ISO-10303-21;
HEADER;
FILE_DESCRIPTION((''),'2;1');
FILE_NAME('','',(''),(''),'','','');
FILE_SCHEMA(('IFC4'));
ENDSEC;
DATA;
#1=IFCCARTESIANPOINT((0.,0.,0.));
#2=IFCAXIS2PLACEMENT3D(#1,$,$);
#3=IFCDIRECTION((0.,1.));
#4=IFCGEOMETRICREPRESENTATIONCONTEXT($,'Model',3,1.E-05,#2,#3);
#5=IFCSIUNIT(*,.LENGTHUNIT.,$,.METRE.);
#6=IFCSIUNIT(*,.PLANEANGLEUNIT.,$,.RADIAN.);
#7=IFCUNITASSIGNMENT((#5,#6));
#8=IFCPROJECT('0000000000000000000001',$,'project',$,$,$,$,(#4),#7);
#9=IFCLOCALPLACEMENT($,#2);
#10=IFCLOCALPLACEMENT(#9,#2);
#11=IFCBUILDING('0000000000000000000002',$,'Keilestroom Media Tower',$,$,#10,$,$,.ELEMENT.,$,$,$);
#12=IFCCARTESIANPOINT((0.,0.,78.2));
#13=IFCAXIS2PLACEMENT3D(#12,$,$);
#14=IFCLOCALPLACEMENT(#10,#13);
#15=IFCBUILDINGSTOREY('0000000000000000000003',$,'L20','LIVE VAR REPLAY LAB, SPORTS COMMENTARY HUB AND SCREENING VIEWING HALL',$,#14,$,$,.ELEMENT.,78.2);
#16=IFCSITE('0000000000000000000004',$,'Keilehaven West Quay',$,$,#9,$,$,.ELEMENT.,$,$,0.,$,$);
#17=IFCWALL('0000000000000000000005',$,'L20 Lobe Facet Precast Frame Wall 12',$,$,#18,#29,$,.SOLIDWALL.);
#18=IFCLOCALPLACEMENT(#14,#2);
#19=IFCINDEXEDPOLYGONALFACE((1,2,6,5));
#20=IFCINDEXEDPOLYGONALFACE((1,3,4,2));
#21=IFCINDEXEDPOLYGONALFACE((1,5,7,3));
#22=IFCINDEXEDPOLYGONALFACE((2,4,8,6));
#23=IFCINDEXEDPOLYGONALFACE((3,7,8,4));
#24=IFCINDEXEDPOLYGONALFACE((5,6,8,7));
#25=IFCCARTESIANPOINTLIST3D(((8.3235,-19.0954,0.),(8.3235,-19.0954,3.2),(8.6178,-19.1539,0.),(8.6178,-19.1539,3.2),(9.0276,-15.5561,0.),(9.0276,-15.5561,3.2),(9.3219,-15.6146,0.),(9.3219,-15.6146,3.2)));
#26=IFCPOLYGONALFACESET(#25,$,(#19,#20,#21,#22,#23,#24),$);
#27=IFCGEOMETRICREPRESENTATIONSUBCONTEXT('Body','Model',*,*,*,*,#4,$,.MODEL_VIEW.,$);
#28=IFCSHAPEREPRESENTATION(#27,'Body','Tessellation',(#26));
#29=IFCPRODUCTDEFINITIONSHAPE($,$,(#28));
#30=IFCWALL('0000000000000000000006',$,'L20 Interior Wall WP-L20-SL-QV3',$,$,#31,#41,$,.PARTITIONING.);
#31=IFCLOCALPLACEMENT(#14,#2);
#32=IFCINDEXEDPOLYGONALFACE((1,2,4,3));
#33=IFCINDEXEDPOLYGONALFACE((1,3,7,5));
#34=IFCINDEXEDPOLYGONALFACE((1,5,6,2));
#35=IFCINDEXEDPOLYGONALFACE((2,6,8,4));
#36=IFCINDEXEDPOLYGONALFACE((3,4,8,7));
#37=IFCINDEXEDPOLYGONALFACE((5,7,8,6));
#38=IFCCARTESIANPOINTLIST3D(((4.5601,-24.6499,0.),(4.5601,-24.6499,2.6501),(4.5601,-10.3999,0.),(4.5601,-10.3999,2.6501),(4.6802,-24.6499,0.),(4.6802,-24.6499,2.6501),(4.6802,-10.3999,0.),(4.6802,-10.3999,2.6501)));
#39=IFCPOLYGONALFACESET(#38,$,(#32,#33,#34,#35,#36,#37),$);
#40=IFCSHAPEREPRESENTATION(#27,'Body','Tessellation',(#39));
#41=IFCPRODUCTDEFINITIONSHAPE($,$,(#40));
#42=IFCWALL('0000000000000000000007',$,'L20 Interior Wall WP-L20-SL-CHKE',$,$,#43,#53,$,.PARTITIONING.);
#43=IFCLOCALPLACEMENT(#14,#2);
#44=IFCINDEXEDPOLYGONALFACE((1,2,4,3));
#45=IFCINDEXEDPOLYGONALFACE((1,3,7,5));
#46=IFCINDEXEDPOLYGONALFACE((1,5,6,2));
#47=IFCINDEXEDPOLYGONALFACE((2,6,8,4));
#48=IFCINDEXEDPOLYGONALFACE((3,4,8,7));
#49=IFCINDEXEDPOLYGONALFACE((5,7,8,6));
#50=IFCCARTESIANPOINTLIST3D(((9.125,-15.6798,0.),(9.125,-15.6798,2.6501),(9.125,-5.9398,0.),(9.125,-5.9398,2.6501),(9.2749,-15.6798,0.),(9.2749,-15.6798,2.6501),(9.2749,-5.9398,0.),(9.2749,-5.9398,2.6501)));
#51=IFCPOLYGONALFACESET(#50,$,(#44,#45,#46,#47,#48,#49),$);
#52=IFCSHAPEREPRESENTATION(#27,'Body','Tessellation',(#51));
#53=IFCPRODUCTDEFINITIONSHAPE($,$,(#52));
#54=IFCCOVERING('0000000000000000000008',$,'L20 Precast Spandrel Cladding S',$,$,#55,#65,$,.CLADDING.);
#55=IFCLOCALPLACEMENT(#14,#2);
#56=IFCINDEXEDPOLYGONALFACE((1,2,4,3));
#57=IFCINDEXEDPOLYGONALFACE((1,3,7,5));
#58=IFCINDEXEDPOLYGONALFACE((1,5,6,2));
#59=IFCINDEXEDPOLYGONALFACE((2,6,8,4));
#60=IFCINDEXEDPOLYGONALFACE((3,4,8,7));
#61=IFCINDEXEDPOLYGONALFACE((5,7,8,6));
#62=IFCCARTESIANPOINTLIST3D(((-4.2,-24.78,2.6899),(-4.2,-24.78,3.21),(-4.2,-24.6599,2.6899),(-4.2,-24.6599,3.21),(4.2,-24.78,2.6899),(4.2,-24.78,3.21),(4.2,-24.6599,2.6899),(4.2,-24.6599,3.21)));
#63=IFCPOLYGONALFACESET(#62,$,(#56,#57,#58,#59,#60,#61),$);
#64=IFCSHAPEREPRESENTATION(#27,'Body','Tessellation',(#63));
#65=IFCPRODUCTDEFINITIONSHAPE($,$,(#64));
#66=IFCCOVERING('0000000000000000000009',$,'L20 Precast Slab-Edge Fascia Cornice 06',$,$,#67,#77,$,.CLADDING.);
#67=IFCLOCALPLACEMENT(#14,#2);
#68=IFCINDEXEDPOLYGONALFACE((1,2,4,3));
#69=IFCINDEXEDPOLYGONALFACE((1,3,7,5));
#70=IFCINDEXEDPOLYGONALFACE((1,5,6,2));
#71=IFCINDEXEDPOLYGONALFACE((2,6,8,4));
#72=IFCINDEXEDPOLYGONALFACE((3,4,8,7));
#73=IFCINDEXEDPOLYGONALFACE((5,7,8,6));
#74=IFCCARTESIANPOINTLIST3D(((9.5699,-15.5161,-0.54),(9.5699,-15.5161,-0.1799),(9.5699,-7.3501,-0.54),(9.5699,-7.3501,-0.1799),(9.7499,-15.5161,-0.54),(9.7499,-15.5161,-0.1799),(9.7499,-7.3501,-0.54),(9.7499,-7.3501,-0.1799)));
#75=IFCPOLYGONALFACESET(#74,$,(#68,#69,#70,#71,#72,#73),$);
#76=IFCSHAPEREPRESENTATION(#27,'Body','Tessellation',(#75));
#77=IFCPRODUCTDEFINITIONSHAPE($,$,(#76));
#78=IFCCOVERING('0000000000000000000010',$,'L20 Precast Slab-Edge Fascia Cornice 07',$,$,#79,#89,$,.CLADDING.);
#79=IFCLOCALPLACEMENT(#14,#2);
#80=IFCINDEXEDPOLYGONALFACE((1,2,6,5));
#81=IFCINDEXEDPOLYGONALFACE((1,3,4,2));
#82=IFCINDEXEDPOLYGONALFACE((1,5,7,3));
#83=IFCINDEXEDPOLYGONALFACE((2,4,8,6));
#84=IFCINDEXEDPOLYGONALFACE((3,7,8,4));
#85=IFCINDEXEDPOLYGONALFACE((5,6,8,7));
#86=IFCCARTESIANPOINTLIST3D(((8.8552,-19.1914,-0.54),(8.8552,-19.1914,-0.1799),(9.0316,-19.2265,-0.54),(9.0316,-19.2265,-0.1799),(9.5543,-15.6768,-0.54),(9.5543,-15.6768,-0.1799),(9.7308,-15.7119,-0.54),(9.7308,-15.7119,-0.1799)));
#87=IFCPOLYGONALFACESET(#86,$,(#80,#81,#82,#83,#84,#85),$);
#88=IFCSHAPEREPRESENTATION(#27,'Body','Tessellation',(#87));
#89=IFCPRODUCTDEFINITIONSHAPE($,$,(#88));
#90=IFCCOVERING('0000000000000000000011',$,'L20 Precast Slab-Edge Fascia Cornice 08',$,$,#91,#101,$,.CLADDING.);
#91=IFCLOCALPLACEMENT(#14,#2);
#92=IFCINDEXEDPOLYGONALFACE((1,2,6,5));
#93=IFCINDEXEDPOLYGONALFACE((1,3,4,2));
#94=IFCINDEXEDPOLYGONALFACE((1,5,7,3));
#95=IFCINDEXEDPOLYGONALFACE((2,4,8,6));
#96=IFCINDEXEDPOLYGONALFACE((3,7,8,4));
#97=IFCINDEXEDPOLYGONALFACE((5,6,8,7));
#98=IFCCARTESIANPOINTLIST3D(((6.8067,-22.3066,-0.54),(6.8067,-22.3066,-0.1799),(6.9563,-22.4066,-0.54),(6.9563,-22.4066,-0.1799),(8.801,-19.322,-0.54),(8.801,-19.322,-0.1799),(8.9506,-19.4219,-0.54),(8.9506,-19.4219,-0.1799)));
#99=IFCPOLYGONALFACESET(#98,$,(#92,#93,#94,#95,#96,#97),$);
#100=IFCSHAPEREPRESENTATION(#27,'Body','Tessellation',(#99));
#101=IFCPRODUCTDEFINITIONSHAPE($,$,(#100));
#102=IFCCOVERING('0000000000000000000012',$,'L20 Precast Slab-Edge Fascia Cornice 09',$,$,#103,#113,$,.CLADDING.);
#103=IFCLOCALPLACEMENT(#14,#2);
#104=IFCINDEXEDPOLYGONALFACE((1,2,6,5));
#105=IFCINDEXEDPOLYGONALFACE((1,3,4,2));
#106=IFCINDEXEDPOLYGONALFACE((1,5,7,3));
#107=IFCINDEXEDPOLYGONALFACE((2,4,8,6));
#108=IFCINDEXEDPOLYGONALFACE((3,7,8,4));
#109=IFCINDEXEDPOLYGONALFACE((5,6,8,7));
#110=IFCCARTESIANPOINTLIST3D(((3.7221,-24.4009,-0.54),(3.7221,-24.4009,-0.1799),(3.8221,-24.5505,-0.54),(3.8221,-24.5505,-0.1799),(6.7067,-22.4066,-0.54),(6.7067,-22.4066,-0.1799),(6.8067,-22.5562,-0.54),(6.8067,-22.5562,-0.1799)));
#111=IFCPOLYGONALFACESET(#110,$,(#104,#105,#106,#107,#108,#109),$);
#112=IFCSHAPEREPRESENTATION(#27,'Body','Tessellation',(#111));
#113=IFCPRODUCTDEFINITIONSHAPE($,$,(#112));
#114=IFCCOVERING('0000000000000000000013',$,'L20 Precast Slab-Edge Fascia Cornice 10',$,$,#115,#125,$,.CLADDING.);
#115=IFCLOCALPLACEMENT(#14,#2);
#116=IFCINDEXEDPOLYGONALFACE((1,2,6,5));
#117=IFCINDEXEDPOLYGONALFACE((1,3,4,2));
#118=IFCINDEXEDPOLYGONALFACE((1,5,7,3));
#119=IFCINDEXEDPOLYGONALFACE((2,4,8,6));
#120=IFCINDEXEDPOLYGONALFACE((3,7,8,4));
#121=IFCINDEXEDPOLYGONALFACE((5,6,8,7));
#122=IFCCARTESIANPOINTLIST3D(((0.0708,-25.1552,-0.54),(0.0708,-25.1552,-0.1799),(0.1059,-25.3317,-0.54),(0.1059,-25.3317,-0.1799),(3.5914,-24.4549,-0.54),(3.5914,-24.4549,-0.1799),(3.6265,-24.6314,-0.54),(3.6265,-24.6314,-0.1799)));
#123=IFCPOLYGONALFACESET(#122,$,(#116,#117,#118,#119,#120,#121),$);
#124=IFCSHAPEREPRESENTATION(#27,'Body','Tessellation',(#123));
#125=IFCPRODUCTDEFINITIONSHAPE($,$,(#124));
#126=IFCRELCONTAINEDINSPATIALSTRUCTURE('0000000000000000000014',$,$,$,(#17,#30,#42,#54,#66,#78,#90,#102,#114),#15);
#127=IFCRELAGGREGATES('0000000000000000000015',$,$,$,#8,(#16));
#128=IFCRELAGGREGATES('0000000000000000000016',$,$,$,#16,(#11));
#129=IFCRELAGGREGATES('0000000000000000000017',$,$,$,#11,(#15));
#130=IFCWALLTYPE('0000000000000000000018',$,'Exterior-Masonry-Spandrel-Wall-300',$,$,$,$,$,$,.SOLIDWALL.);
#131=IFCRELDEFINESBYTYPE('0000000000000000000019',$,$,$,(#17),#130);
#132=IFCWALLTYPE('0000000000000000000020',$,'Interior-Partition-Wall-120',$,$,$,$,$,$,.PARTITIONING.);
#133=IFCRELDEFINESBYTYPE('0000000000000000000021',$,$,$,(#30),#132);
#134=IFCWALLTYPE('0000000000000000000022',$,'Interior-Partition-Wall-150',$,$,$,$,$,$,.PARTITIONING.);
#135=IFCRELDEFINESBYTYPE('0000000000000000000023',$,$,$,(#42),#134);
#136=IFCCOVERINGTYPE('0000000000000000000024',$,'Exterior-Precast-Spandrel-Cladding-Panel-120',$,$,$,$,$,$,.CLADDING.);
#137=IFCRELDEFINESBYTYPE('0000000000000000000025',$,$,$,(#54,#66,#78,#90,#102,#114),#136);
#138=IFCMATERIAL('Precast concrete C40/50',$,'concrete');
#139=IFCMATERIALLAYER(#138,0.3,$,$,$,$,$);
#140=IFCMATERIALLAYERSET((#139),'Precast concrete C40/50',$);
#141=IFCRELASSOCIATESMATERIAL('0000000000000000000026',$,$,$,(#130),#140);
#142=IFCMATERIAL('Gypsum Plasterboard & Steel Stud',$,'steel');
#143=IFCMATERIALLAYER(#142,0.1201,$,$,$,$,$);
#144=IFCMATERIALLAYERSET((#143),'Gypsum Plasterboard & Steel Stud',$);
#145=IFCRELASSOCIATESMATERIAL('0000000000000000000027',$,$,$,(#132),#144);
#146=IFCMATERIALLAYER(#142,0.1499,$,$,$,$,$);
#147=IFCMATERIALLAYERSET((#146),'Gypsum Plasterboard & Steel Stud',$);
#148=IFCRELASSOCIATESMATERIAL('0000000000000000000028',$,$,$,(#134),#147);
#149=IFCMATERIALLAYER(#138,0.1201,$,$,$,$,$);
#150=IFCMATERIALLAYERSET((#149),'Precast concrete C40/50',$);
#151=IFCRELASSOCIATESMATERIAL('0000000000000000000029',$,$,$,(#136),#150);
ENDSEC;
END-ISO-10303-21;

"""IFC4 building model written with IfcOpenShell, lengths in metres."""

from ifc_helpers import new_model, si_unit, direction, frame, frame_2d, origin, origin_2d, place, context, subcontext, project, spatial, rectangle, extrude, source, transform, mapped, material, layer, layer_set, type_object, element, save


model = new_model("IFC4")

# Units and contexts
model_context = context("Model", 3, precision=1e-05, world=origin(), true_north=direction((0.0, 1.0)))
body_context = subcontext(model_context, "Body", "Model", "MODEL_VIEW")
ifc_project = project(units=[si_unit("LENGTHUNIT", "METRE"), si_unit("PLANEANGLEUNIT", "RADIAN")], contexts=[model_context])

# Site, building, storey
site_placement = place(None, origin())
site = spatial("IfcSite", under=ifc_project, at=site_placement, Name="Keilehaven West Quay", CompositionType="ELEMENT", RefElevation=0.0)
building_placement = place(site_placement, origin())
building = spatial("IfcBuilding", under=site, at=building_placement, Name="Keilestroom Media Tower", CompositionType="ELEMENT")
storey_placement = place(building_placement, frame((0.0, 0.0, 78.2)))
storey = spatial("IfcBuildingStorey", under=building, at=storey_placement, Name="L20", Description="LIVE VAR REPLAY LAB, SPORTS COMMENTARY HUB AND SCREENING VIEWING HALL", CompositionType="ELEMENT", Elevation=78.2)

# Walls
ifc_material_1 = material(Name="Precast concrete C40/50", Category="concrete")
ifc_layer_1 = layer(ifc_material_1, 0.3)
ifc_layer_set_1 = layer_set([ifc_layer_1], Name="Precast concrete C40/50")
wall_type_1 = type_object("IfcWallType", Name="Exterior-Masonry-Spandrel-Wall-300", PredefinedType="SOLIDWALL", material=ifc_layer_set_1)
for number, where, z_axis, x_axis, name in (
    (1, (8.4707, -19.1245, 0.0), (0.0, 0.0, 1.0), (0.195114, 0.980781, 0.0), "L20 Lobe Facet Precast Frame Wall 12"),
):
    element("IfcWall", number, at=place(storey_placement, frame(where, z_axis=z_axis, x_axis=x_axis)), inside=storey, type_object=wall_type_1, Name=name, PredefinedType="SOLIDWALL", context=body_context, shape_type="SweptSolid", body=[
        extrude(rectangle(XDim=3.6086, YDim=0.3, at=frame_2d((1.8042, 0.0))), origin(), (0.0, 0.0, 1.0), 3.2),
    ])
ifc_material_2 = material(Name="Gypsum Plasterboard & Steel Stud", Category="steel")
ifc_layer_2 = layer(ifc_material_2, 0.1201)
ifc_layer_set_2 = layer_set([ifc_layer_2], Name="Gypsum Plasterboard & Steel Stud")
wall_type_2 = type_object("IfcWallType", Name="Interior-Partition-Wall-120", PredefinedType="PARTITIONING", material=ifc_layer_set_2)
wall_1_placement = place(storey_placement, frame((4.6201, -24.6499, 0.0), z_axis=(0.0, 0.0, 1.0), x_axis=(0.0, 1.0, 0.0)))
element("IfcWall", 2, at=wall_1_placement, inside=storey, type_object=wall_type_2, Name="L20 Interior Wall WP-L20-SL-QV3", PredefinedType="PARTITIONING", context=body_context, shape_type="SweptSolid", body=[
    extrude(rectangle(XDim=14.25, YDim=0.1201, at=frame_2d((7.125, 0.0))), origin(), (0.0, 0.0, 1.0), 2.6501),
])
ifc_layer_3 = layer(ifc_material_2, 0.1499)
ifc_layer_set_3 = layer_set([ifc_layer_3], Name="Gypsum Plasterboard & Steel Stud")
wall_type_3 = type_object("IfcWallType", Name="Interior-Partition-Wall-150", PredefinedType="PARTITIONING", material=ifc_layer_set_3)
wall_2_placement = place(storey_placement, frame((9.2, -15.6799, 0.0), z_axis=(0.0, 0.0, 1.0), x_axis=(0.0, 1.0, 0.0)))
element("IfcWall", 3, at=wall_2_placement, inside=storey, type_object=wall_type_3, Name="L20 Interior Wall WP-L20-SL-CHKE", PredefinedType="PARTITIONING", context=body_context, shape_type="SweptSolid", body=[
    extrude(rectangle(XDim=9.74, YDim=0.1499, at=frame_2d((4.8701, 0.0))), origin(), (0.0, 0.0, 1.0), 2.6501),
])

# Coverings
ifc_layer_4 = layer(ifc_material_1, 0.1201)
ifc_layer_set_4 = layer_set([ifc_layer_4], Name="Precast concrete C40/50")
covering_type = type_object("IfcCoveringType", Name="Exterior-Precast-Spandrel-Cladding-Panel-120", PredefinedType="CLADDING", material=ifc_layer_set_4)
shared_shape_1 = source(origin(), body_context, "Body", "SweptSolid", [
    extrude(rectangle(XDim=8.3999, YDim=0.1201, at=origin_2d()), origin(), (0.0, 0.0, 1.0), 0.52),
])
covering_1_placement = place(storey_placement, frame((0.0, -24.72, 2.6899), z_axis=(0.0, 0.0, 1.0), x_axis=(1.0, 0.0, 0.0)))
element("IfcCovering", 4, at=covering_1_placement, inside=storey, type_object=covering_type, Name="L20 Precast Spandrel Cladding S", PredefinedType="CLADDING", context=body_context, shape_type="MappedRepresentation", body=[
    mapped(shared_shape_1, transform((0.0, 0.0, 0.0), x_axis=(1.0, 0.0, 0.0), y_axis=(0.0, 1.0, 0.0), z_axis=(0.0, 0.0, 1.0), scale=1.0)),
])
shared_shape_2 = source(origin(), body_context, "Body", "SweptSolid", [
    extrude(rectangle(XDim=8.166, YDim=0.1799, at=origin_2d()), origin(), (0.0, 0.0, 1.0), 0.3601),
])
covering_2_placement = place(storey_placement, frame((9.6599, -11.4331, -0.54), z_axis=(0.0, 0.0, 1.0), x_axis=(0.0, -1.0, 0.0)))
element("IfcCovering", 5, at=covering_2_placement, inside=storey, type_object=covering_type, Name="L20 Precast Slab-Edge Fascia Cornice 06", PredefinedType="CLADDING", context=body_context, shape_type="MappedRepresentation", body=[
    mapped(shared_shape_2, transform((0.0, 0.0, 0.0), x_axis=(1.0, 0.0, 0.0), y_axis=(0.0, 1.0, 0.0), z_axis=(0.0, 0.0, 1.0), scale=1.0)),
])
shared_shape_3 = source(origin(), body_context, "Body", "SweptSolid", [
    extrude(rectangle(XDim=3.5835, YDim=0.1799, at=origin_2d()), origin(), (0.0, 0.0, 1.0), 0.3601),
])
covering_3_placement = place(storey_placement, frame((9.293, -17.4517, -0.54), z_axis=(0.0, 0.0, 1.0), x_axis=(-0.195099, -0.980784, 0.0)))
element("IfcCovering", 6, at=covering_3_placement, inside=storey, type_object=covering_type, Name="L20 Precast Slab-Edge Fascia Cornice 07", PredefinedType="CLADDING", context=body_context, shape_type="MappedRepresentation", body=[
    mapped(shared_shape_3, transform((0.0, 0.0, 0.0), x_axis=(1.0, 0.0, 0.0), y_axis=(0.0, 1.0, 0.0), z_axis=(0.0, 0.0, 1.0), scale=1.0)),
])
shared_shape_4 = source(origin(), body_context, "Body", "SweptSolid", [
    extrude(rectangle(XDim=3.5896, YDim=0.1799, at=origin_2d()), origin(), (0.0, 0.0, 1.0), 0.3601),
])
for number, where, z_axis, x_axis, name in (
    (7, (7.8787, -20.8643, -0.54), (0.0, 0.0, 1.0), (-0.555575, -0.831467, 0.0), "L20 Precast Slab-Edge Fascia Cornice 08"),
    (8, (5.2644, -23.4785, -0.54), (0.0, 0.0, 1.0), (-0.831467, -0.555575, 0.0), "L20 Precast Slab-Edge Fascia Cornice 09"),
    (9, (1.8486, -24.8933, -0.54), (0.0, 0.0, 1.0), (-0.980784, -0.195099, 0.0), "L20 Precast Slab-Edge Fascia Cornice 10"),
):
    element("IfcCovering", number, at=place(storey_placement, frame(where, z_axis=z_axis, x_axis=x_axis)), inside=storey, type_object=covering_type, Name=name, PredefinedType="CLADDING", context=body_context, shape_type="MappedRepresentation", body=[
        mapped(shared_shape_4, transform((0.0, 0.0, 0.0), x_axis=(1.0, 0.0, 0.0), y_axis=(0.0, 1.0, 0.0), z_axis=(0.0, 0.0, 1.0), scale=1.0)),
    ])

save(model, "model.ifc")
